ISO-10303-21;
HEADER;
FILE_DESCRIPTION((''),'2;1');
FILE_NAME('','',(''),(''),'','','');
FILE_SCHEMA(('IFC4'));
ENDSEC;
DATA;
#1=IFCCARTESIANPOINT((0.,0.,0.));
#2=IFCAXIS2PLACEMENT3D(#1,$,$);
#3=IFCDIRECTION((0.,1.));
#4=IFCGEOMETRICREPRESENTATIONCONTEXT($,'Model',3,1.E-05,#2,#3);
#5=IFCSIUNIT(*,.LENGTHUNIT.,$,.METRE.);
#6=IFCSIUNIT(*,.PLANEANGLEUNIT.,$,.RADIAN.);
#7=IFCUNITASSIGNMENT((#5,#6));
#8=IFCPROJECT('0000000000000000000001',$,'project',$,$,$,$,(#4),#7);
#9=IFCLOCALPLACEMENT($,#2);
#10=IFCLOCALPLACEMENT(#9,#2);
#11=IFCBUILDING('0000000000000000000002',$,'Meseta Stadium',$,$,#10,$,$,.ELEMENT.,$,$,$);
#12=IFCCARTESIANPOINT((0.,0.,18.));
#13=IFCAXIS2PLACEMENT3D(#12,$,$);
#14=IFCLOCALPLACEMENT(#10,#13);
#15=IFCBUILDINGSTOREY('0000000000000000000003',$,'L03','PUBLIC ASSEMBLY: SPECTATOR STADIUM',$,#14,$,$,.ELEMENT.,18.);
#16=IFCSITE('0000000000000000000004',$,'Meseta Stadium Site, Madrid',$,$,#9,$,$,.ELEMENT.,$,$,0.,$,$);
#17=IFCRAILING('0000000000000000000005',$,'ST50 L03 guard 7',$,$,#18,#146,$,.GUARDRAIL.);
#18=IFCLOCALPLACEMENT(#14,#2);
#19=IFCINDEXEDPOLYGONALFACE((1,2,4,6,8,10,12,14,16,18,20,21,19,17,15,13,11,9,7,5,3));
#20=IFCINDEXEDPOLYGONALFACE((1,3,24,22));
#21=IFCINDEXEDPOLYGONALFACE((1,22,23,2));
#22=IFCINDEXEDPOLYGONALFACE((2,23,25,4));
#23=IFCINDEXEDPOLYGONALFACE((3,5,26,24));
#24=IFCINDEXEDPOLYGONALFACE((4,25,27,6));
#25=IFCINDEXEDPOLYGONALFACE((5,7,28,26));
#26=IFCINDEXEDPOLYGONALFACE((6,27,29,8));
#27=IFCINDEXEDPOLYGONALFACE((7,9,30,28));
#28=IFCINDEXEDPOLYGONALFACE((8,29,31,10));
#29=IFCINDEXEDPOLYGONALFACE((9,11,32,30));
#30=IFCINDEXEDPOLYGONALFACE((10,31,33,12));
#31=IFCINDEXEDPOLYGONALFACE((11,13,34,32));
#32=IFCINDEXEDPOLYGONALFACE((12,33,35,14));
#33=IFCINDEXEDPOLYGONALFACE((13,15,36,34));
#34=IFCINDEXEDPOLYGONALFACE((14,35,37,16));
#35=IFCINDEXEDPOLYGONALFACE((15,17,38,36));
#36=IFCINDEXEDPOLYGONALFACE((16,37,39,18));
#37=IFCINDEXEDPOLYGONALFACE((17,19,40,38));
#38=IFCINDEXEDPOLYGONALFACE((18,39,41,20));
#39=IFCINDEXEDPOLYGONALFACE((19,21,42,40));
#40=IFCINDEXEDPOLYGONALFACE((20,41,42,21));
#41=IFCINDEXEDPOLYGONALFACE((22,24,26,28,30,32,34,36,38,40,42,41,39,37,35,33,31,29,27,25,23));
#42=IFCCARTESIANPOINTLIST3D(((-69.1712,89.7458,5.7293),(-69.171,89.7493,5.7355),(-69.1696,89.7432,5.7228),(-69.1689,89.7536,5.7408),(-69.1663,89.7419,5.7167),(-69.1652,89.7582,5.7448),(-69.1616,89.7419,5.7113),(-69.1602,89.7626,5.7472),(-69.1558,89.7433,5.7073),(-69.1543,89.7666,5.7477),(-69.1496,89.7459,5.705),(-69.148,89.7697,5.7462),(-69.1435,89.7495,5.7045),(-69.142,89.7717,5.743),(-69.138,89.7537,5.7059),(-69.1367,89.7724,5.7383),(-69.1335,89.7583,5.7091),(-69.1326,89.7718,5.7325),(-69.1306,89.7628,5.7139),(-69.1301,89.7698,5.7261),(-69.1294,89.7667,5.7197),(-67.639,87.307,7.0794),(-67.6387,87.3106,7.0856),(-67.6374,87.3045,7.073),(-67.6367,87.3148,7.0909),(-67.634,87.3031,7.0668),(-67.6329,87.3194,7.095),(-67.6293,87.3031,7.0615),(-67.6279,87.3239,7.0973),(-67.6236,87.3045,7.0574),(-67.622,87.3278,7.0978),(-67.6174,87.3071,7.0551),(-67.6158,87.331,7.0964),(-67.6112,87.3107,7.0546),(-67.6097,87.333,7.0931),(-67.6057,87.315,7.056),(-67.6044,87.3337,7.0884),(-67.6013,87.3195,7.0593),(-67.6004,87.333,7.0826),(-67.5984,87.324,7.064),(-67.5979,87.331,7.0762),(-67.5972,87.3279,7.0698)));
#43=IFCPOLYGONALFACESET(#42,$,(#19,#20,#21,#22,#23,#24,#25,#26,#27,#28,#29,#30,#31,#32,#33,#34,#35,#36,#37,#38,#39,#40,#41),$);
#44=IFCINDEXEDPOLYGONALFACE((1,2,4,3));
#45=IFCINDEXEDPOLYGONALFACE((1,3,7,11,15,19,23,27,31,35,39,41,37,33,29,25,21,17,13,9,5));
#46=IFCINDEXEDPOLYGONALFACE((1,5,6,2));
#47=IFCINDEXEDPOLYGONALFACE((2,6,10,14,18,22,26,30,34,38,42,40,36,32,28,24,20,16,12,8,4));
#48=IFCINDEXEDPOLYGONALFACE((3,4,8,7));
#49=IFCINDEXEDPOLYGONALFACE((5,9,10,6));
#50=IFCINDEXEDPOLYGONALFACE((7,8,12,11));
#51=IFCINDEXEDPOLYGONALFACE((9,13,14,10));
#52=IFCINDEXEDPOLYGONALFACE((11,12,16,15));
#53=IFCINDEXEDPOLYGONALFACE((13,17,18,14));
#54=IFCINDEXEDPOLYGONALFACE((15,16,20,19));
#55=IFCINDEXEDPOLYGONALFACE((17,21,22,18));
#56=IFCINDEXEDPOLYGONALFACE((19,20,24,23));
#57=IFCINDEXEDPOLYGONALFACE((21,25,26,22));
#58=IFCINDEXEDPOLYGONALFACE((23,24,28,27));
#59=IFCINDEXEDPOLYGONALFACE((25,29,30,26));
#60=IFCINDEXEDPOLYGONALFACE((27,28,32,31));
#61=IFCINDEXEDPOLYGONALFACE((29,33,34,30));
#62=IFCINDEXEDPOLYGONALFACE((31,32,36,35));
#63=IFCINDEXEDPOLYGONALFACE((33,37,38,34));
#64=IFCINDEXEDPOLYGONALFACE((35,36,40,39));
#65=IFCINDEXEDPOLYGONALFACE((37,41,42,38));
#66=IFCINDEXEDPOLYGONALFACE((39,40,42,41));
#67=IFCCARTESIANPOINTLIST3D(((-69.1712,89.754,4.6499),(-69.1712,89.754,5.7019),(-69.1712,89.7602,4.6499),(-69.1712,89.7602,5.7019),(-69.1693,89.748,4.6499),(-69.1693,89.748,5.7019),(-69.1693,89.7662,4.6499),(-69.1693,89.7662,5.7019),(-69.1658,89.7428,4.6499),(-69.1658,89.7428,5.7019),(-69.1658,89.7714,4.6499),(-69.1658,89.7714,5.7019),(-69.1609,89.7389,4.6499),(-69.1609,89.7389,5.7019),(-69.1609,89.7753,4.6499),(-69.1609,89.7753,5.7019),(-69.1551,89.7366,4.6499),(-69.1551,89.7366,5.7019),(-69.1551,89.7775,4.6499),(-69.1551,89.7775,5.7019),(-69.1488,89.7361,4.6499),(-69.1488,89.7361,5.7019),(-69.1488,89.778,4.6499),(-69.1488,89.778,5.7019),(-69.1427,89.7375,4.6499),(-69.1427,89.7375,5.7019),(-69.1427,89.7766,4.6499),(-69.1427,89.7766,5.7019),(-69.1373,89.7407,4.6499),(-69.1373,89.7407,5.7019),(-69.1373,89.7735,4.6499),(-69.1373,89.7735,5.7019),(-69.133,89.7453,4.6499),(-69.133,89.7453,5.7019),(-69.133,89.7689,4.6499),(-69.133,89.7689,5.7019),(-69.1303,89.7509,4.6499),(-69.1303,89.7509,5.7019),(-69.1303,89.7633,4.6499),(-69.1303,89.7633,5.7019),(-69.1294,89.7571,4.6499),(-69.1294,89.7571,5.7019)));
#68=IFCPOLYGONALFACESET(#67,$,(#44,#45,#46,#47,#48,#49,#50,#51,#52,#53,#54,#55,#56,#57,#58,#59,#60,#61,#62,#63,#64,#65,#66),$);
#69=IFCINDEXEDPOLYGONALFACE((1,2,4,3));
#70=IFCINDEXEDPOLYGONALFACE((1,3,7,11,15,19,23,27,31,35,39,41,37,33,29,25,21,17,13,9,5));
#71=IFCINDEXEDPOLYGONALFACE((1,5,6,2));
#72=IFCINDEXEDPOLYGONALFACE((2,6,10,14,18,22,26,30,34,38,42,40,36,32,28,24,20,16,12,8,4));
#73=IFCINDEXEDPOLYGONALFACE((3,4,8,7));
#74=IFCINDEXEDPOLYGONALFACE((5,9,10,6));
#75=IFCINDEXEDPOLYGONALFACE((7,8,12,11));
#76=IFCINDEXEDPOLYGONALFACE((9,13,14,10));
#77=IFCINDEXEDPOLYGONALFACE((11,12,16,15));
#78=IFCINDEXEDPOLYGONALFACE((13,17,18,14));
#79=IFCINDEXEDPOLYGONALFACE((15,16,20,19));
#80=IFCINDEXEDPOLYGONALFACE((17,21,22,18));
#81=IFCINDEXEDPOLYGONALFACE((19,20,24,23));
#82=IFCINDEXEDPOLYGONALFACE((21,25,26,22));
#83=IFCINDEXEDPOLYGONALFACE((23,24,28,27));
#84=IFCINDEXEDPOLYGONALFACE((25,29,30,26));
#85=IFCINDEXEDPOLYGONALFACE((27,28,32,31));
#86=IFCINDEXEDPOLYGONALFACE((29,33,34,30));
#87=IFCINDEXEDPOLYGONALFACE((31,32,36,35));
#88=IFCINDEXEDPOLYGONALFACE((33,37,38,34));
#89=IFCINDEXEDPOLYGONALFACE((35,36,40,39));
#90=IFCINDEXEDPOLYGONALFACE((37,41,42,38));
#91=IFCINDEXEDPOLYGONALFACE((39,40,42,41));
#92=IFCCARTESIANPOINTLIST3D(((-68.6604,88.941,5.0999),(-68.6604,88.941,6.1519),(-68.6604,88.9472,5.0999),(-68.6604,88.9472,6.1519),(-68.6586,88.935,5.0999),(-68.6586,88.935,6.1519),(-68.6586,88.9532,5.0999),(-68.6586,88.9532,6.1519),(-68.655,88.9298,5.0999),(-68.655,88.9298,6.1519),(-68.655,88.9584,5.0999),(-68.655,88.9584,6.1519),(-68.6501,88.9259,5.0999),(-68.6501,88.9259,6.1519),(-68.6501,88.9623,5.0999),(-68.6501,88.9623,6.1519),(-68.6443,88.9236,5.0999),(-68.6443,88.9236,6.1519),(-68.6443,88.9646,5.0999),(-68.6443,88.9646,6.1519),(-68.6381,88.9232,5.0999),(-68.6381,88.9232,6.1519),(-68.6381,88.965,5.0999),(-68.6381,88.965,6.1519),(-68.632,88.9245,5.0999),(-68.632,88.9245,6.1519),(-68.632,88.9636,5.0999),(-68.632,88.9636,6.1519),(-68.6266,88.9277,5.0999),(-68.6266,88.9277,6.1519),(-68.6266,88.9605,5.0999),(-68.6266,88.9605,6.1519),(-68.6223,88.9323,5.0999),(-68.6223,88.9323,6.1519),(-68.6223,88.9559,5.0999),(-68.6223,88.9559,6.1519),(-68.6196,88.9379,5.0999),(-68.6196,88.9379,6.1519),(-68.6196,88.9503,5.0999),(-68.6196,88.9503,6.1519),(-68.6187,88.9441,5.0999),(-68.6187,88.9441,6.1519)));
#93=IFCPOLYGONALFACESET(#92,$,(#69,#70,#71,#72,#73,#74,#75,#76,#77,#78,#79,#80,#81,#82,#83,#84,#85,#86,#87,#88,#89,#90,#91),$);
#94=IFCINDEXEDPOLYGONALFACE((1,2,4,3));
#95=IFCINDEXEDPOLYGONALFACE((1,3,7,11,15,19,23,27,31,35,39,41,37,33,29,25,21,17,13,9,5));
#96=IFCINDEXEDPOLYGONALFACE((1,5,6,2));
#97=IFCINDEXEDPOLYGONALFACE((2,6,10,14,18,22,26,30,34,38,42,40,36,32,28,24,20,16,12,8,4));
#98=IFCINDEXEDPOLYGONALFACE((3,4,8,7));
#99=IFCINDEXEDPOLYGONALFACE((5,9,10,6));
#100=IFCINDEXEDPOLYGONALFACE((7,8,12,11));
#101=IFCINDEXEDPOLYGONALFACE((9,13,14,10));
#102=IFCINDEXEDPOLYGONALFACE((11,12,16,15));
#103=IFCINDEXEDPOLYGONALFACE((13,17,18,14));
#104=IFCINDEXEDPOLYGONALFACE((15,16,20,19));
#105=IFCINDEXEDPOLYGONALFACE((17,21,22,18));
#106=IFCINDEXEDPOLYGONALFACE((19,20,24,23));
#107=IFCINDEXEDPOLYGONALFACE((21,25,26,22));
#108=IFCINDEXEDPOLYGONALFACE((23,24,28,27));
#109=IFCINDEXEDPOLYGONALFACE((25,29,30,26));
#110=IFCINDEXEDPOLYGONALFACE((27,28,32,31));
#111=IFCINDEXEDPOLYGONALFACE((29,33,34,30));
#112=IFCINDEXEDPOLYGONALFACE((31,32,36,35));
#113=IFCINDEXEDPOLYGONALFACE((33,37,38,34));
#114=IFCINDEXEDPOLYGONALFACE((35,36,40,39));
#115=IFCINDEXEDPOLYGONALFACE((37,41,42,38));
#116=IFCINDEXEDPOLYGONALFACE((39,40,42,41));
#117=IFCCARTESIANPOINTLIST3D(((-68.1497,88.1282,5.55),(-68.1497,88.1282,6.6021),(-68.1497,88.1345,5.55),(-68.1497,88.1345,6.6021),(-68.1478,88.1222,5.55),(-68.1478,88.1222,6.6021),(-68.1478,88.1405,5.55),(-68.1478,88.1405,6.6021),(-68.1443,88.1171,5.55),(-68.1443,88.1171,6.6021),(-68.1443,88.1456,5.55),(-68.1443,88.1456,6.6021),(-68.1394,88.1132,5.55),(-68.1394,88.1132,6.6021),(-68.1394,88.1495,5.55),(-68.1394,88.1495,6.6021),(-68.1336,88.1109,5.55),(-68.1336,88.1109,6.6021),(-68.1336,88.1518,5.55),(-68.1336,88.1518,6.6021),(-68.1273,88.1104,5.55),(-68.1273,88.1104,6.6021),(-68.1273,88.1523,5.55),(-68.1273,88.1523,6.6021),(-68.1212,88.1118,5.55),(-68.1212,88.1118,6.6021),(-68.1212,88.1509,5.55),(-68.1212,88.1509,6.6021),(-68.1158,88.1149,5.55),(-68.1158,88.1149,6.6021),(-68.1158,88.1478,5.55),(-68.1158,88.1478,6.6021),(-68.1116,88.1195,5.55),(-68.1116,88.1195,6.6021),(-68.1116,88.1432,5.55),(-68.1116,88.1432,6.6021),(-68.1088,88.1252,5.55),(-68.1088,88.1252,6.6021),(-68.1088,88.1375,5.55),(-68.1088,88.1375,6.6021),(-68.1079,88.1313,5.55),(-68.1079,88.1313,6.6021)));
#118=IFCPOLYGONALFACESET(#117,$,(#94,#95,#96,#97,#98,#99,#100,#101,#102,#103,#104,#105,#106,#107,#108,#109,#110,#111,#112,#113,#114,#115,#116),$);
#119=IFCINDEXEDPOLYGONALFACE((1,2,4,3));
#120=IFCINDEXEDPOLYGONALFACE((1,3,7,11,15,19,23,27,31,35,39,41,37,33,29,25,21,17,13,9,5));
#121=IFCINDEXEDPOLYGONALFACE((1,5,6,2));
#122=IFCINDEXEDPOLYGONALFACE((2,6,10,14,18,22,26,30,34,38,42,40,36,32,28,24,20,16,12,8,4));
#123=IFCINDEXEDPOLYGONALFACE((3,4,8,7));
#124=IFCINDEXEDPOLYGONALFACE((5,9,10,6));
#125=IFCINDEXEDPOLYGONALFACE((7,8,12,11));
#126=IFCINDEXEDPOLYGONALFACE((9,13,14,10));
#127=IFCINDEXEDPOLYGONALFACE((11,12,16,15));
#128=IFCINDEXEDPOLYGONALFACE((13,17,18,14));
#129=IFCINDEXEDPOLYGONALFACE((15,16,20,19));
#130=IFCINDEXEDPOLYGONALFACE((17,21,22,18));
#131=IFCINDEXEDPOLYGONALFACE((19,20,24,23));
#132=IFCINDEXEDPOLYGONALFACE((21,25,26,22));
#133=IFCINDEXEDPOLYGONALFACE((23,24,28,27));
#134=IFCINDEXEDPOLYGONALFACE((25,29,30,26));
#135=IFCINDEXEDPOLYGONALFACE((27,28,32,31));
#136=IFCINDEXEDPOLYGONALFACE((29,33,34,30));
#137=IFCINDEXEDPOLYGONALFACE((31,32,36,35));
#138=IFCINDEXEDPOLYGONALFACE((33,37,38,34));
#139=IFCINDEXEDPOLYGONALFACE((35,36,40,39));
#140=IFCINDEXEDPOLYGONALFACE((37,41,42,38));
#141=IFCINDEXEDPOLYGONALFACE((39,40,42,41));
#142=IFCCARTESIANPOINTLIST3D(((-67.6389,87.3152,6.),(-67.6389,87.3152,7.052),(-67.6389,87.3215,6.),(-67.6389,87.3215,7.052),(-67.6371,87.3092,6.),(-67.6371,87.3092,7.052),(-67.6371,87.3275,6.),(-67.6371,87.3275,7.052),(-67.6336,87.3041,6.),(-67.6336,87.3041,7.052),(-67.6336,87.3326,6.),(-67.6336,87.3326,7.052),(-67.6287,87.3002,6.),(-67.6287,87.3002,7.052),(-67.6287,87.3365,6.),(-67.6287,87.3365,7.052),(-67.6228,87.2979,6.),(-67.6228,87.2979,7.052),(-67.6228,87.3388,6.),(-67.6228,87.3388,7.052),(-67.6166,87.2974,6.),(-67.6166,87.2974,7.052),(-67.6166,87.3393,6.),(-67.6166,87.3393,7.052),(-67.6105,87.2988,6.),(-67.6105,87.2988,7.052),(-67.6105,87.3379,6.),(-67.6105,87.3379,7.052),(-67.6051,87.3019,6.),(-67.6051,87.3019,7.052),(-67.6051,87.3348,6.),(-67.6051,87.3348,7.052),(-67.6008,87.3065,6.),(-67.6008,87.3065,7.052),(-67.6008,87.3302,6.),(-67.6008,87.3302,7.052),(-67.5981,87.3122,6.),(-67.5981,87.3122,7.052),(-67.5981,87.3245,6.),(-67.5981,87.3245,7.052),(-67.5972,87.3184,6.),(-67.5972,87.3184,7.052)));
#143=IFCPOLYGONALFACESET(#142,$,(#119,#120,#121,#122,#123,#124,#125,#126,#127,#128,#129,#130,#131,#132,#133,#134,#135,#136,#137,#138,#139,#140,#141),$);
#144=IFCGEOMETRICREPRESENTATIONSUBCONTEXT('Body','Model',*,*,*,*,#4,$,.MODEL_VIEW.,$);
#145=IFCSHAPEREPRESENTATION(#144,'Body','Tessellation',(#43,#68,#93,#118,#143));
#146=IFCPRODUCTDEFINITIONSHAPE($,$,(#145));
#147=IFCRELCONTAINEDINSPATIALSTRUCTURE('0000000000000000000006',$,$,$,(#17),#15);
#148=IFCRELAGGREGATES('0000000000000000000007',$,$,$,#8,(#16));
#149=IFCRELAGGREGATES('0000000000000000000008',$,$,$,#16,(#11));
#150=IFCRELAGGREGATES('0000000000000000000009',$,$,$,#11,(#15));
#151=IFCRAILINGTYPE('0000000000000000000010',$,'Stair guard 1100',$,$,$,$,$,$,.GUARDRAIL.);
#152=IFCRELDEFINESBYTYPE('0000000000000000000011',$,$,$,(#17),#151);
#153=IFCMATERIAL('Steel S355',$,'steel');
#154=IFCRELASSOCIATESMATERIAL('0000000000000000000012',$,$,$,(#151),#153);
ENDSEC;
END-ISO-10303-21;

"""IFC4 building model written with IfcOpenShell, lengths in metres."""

from ifc_helpers import new_model, si_unit, direction, frame, origin, origin_2d, place, context, subcontext, project, spatial, circle, extrude, material, type_object, element, save


model = new_model("IFC4")

# Units and contexts
model_context = context("Model", 3, precision=1e-05, world=origin(), true_north=direction((0.0, 1.0)))
body_context = subcontext(model_context, "Body", "Model", "MODEL_VIEW")
ifc_project = project(units=[si_unit("LENGTHUNIT", "METRE"), si_unit("PLANEANGLEUNIT", "RADIAN")], contexts=[model_context])

# Site, building, storey
site_placement = place(None, origin())
site = spatial("IfcSite", under=ifc_project, at=site_placement, Name="Meseta Stadium Site, Madrid", CompositionType="ELEMENT", RefElevation=0.0)
building_placement = place(site_placement, origin())
building = spatial("IfcBuilding", under=site, at=building_placement, Name="Meseta Stadium", CompositionType="ELEMENT")
storey_placement = place(building_placement, frame((0.0, 0.0, 18.0)))
storey = spatial("IfcBuildingStorey", under=building, at=storey_placement, Name="L03", Description="PUBLIC ASSEMBLY: SPECTATOR STADIUM", CompositionType="ELEMENT", Elevation=18.0)

# Railing
ifc_material_1 = material(Name="Steel S355", Category="steel")
railing_type_1 = type_object("IfcRailingType", Name="Stair guard 1100", PredefinedType="GUARDRAIL", material=ifc_material_1)
for number, where, name in (
    (1, (-69.1504, 89.7571, 4.6499), "ST50 L03 guard 7"),
):
    element("IfcRailing", number, at=place(storey_placement, frame(where)), inside=storey, type_object=railing_type_1, Name=name, PredefinedType="GUARDRAIL", context=body_context, shape_type="SweptSolid", body=[
        extrude(circle(Radius=0.0239, at=origin_2d()), frame((0.0, 0.0, 1.0762), z_axis=(0.481703, -0.766687, 0.424445), x_axis=(0.846743, 0.532001, 0.0)), (0.0, 0.0, 1.0), 3.1809),
        extrude(circle(Radius=0.021, at=origin_2d()), origin(), (0.0, 0.0, 1.0), 1.052),
        extrude(circle(Radius=0.021, at=origin_2d()), frame((0.5107, -0.813, 0.45)), (0.0, 0.0, 1.0), 1.052),
        extrude(circle(Radius=0.021, at=origin_2d()), frame((1.0215, -1.6257, 0.9001)), (0.0, 0.0, 1.0), 1.052),
        extrude(circle(Radius=0.021, at=origin_2d()), frame((1.5322, -2.4387, 1.3501)), (0.0, 0.0, 1.0), 1.052),
    ])

save(model, "model.ifc")
